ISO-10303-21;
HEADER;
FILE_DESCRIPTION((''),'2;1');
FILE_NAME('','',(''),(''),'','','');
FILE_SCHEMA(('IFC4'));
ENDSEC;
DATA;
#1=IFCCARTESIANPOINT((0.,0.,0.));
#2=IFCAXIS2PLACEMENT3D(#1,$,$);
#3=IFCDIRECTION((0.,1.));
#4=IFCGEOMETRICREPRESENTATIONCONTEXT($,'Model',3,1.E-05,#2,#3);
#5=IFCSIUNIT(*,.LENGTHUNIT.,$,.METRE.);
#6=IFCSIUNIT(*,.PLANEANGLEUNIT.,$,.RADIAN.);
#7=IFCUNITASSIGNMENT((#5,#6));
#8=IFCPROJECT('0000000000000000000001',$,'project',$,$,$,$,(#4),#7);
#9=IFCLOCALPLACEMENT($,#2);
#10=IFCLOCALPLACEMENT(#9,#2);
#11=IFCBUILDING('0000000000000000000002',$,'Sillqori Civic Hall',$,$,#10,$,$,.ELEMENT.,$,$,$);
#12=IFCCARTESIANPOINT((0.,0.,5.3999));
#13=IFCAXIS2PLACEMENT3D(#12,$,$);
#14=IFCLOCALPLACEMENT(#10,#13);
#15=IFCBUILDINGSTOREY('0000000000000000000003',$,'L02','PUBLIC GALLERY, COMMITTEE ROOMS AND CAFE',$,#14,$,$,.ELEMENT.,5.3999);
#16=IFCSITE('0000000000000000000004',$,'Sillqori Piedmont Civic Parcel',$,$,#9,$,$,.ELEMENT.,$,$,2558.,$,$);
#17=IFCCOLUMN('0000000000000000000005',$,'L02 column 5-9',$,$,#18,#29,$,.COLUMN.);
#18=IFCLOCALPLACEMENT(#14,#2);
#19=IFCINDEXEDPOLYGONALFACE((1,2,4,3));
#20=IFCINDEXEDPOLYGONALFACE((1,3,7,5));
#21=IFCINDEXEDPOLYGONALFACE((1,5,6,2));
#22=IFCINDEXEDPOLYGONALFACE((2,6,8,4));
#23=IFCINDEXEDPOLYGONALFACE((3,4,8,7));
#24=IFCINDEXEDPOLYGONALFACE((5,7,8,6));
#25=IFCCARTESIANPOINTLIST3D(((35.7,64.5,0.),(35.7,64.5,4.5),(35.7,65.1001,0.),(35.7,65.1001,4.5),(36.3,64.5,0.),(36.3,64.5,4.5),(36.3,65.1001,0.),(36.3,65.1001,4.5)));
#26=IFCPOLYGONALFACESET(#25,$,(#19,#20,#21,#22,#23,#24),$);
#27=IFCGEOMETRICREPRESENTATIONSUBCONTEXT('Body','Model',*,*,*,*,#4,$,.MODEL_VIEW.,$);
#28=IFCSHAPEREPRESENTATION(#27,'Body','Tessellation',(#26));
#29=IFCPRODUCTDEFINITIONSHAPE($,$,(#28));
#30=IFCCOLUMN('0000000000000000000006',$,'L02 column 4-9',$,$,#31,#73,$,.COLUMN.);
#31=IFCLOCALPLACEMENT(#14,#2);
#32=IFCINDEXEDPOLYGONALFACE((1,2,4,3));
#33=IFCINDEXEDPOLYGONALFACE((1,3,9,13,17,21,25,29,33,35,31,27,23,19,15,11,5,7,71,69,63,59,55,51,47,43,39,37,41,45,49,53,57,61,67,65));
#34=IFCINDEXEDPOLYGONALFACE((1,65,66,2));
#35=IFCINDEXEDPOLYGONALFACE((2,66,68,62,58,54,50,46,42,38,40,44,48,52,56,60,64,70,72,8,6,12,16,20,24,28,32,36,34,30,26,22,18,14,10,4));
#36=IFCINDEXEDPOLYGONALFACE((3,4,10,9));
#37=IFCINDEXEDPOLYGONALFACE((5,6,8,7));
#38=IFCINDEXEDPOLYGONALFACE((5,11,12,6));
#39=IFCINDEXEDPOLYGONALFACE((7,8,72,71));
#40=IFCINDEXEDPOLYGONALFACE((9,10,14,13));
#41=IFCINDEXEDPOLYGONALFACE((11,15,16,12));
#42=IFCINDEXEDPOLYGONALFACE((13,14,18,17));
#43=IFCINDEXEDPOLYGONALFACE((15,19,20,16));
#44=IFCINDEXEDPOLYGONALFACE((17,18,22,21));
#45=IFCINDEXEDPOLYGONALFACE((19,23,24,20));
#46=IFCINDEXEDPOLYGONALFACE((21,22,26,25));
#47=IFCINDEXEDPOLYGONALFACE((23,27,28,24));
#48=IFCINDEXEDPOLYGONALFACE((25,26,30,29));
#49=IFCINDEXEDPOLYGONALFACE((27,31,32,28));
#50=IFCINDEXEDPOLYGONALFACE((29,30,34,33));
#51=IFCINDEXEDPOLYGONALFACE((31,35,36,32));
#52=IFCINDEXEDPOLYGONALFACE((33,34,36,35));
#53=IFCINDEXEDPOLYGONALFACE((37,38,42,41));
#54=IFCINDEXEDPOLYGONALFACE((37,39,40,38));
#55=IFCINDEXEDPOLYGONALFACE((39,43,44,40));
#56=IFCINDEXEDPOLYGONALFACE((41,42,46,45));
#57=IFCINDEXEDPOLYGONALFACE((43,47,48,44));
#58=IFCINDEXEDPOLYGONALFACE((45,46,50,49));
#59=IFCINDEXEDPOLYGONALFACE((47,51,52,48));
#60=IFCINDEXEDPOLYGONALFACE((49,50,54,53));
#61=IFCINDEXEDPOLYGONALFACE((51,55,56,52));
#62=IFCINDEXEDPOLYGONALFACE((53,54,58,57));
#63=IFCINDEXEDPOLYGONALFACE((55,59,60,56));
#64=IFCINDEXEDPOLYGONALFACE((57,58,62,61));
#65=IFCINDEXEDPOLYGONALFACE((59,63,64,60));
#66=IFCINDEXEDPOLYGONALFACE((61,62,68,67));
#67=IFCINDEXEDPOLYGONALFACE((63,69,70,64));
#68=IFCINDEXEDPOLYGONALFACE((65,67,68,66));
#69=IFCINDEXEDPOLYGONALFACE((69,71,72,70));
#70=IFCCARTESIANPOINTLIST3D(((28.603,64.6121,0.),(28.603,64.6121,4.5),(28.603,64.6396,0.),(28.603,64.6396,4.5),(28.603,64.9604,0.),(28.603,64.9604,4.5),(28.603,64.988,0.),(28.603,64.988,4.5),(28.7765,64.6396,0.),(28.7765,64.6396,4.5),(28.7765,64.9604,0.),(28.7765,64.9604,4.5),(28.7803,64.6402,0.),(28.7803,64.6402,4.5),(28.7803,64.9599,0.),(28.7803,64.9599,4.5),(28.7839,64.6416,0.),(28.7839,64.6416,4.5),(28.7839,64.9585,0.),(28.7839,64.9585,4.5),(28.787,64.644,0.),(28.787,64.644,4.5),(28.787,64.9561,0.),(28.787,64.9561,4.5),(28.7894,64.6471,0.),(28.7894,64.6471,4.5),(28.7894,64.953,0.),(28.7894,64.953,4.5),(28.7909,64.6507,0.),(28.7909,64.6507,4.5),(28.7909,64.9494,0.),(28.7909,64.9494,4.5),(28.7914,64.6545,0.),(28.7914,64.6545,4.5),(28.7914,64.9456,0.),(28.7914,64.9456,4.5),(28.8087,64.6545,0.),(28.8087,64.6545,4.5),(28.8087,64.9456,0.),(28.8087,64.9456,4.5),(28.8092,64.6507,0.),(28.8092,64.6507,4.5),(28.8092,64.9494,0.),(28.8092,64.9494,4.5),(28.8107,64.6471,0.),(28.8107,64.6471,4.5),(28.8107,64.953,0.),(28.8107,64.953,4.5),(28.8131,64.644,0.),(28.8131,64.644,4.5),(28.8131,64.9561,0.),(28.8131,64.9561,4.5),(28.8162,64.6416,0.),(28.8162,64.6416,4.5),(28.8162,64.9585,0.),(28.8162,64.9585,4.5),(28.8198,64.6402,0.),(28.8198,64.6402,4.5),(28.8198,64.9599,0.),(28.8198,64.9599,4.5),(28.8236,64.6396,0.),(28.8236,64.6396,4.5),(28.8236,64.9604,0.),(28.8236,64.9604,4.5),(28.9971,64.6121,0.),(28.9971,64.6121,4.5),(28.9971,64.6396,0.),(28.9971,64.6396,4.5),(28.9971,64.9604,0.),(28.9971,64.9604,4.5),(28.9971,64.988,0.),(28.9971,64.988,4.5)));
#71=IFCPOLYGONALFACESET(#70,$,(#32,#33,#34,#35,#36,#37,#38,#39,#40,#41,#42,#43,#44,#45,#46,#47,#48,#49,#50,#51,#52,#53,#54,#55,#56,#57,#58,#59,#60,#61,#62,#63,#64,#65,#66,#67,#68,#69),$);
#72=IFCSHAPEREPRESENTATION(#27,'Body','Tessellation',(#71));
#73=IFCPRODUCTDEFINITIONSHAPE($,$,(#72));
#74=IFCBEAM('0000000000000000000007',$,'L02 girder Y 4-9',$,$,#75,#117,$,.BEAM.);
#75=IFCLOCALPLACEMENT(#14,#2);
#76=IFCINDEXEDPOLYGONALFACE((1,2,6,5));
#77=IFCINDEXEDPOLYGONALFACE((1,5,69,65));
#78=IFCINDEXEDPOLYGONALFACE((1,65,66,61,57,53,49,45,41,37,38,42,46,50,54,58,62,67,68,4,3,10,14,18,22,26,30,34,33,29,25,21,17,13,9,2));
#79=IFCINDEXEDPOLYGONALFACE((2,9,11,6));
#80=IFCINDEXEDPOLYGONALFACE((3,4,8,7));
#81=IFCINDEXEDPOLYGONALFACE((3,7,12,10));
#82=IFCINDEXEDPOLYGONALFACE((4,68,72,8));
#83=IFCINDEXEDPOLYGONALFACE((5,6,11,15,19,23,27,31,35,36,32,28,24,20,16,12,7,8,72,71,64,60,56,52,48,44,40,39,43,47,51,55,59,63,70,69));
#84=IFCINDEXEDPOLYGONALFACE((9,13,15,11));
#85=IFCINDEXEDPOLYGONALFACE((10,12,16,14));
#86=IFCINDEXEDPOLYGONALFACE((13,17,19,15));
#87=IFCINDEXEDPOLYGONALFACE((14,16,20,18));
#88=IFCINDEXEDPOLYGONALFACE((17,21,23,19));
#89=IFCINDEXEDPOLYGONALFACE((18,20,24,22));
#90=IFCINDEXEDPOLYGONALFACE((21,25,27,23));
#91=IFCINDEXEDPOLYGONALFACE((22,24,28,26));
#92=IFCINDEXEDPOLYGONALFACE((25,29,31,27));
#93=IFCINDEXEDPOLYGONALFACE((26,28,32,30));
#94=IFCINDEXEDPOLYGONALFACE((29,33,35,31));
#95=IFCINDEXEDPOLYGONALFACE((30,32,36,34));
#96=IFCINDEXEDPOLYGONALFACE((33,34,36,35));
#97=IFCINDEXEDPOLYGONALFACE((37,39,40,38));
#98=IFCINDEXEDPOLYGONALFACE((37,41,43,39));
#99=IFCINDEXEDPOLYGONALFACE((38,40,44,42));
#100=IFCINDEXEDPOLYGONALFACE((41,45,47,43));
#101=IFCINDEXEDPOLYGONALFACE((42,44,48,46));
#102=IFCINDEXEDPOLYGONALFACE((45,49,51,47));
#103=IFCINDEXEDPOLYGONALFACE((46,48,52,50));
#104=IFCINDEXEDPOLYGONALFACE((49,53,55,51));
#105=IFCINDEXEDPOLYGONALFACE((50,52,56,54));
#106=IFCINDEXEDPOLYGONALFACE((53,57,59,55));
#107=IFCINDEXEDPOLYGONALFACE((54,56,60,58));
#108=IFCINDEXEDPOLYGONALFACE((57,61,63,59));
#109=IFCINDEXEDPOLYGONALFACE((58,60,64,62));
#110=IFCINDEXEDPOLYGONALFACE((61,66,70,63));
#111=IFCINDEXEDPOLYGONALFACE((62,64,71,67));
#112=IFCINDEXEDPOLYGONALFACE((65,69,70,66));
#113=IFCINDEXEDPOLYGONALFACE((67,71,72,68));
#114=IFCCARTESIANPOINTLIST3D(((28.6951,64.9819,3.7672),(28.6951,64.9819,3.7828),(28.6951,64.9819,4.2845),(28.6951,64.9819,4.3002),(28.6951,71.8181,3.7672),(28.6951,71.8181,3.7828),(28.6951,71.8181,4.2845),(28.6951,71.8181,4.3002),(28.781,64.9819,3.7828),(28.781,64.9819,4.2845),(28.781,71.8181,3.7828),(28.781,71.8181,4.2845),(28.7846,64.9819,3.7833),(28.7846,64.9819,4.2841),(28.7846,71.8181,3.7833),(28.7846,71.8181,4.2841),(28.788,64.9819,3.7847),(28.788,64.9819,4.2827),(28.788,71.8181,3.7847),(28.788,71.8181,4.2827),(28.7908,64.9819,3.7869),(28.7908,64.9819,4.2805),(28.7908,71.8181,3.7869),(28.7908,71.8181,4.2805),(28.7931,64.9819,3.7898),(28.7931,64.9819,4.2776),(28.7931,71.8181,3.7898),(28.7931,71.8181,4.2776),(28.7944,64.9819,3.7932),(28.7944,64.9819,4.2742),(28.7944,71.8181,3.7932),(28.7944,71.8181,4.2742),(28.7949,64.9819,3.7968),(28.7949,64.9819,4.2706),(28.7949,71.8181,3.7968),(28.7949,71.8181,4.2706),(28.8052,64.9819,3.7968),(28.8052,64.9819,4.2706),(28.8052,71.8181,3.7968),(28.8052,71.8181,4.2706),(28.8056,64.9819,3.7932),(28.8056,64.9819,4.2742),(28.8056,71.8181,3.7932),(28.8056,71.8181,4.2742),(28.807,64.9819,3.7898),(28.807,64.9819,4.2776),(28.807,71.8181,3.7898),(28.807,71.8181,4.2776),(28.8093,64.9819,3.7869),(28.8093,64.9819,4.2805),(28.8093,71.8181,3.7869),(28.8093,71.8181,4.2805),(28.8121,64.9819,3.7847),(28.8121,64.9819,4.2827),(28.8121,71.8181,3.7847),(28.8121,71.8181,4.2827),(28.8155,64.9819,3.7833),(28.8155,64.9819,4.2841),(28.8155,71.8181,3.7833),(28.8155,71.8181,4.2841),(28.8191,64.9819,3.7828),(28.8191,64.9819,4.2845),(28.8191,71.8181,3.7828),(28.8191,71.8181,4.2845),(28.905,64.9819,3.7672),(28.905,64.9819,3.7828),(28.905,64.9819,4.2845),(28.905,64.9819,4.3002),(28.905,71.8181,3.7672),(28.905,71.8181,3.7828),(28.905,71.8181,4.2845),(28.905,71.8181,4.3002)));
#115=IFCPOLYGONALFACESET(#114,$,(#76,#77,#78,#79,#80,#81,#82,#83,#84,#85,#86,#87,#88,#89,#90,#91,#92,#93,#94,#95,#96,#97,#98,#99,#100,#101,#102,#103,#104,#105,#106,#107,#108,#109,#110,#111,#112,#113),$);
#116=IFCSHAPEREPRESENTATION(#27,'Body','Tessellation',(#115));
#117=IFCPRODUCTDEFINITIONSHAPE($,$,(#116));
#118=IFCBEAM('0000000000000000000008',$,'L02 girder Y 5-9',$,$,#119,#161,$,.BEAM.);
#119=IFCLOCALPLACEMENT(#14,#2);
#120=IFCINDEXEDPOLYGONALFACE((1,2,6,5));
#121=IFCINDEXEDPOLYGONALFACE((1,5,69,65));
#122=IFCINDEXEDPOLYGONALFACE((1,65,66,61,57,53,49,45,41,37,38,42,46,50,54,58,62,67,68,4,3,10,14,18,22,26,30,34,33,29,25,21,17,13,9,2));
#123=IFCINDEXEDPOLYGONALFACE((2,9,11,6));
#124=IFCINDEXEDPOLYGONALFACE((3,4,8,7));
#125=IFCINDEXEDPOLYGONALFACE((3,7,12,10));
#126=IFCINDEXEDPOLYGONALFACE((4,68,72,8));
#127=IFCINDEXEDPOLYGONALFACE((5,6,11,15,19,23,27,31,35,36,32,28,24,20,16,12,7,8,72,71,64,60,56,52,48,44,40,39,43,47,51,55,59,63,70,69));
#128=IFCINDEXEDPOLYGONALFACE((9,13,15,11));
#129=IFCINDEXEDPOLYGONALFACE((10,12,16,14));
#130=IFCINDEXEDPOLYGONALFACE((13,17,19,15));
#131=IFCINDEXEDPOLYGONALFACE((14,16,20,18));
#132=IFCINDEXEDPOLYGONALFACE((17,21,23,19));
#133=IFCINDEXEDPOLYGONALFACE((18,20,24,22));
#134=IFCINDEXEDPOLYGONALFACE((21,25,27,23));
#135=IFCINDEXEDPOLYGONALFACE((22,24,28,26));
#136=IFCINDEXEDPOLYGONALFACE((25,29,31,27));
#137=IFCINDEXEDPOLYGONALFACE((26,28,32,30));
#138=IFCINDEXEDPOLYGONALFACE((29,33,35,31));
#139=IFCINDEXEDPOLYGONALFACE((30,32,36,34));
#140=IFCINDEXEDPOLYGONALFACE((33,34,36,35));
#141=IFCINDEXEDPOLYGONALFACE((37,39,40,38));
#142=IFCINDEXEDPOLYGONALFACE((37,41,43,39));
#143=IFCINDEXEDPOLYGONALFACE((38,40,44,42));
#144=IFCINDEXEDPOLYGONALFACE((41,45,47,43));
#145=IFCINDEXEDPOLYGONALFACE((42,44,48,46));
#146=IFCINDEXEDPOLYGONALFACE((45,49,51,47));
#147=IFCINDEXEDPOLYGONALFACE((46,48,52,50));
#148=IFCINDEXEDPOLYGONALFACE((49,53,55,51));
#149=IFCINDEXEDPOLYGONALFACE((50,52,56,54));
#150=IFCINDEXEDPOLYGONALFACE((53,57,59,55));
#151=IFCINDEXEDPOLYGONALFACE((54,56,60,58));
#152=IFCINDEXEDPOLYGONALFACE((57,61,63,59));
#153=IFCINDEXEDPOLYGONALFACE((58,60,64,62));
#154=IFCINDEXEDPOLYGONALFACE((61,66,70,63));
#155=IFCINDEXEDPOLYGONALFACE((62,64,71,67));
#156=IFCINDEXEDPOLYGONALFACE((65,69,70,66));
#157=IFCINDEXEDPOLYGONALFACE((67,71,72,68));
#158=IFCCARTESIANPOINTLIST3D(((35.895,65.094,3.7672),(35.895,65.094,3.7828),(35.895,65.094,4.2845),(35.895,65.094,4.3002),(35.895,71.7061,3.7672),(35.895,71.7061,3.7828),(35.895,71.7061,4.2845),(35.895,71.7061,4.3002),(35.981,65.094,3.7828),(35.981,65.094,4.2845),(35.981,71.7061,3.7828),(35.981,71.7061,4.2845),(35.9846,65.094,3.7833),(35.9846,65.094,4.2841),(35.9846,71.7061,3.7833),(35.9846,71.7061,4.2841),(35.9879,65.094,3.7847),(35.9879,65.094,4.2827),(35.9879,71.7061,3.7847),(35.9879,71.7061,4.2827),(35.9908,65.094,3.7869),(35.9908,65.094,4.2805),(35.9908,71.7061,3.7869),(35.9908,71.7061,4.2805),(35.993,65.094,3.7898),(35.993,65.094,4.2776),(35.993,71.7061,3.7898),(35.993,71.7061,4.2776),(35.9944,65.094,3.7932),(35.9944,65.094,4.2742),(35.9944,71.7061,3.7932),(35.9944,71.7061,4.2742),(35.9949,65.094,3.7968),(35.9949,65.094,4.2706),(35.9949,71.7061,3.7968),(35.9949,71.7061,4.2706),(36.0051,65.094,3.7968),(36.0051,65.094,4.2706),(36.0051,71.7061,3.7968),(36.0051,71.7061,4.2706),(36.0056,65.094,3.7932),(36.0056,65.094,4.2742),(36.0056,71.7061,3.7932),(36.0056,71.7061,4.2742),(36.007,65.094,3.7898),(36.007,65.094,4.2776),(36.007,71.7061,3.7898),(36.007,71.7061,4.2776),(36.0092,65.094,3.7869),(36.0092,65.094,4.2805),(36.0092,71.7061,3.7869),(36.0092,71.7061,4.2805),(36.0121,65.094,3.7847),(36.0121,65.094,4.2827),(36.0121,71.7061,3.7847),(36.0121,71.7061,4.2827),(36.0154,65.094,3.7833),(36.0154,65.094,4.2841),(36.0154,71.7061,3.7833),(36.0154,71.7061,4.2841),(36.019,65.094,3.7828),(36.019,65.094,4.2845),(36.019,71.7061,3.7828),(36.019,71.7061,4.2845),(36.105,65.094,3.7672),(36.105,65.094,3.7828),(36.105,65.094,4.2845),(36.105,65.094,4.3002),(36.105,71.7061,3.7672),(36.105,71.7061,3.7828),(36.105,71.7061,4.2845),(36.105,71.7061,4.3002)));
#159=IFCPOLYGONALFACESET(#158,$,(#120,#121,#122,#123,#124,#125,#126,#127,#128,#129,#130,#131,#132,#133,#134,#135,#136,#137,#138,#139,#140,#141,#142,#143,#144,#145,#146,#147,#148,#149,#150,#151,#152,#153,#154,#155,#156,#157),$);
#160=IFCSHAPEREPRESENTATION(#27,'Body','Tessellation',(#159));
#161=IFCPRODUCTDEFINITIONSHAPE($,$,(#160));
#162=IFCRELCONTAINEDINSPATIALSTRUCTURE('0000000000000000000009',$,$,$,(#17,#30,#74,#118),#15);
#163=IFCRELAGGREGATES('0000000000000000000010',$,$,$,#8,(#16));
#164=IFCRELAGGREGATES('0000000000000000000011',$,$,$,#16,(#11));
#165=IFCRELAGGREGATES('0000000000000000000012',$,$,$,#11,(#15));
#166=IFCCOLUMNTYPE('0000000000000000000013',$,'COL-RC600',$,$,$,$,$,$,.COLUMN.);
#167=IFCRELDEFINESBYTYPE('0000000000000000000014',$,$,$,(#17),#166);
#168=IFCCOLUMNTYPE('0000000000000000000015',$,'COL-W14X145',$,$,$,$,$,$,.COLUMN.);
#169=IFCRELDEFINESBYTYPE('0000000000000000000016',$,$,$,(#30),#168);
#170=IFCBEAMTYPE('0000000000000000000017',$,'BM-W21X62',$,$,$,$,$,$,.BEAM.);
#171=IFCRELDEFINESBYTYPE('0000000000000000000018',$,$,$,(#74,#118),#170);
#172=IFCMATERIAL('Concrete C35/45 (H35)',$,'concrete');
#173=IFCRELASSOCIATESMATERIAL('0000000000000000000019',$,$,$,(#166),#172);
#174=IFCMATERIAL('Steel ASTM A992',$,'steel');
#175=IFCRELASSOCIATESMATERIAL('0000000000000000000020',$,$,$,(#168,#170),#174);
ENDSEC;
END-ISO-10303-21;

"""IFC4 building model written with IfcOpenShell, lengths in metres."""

from ifc_helpers import new_model, si_unit, direction, frame, origin, origin_2d, place, context, subcontext, project, spatial, rectangle, i_section, extrude, material, material_profile, profile_set, type_object, element, save


model = new_model("IFC4")

# Units and contexts
model_context = context("Model", 3, precision=1e-05, world=origin(), true_north=direction((0.0, 1.0)))
body_context = subcontext(model_context, "Body", "Model", "MODEL_VIEW")
ifc_project = project(units=[si_unit("LENGTHUNIT", "METRE"), si_unit("PLANEANGLEUNIT", "RADIAN")], contexts=[model_context])

# Site, building, storey
site_placement = place(None, origin())
site = spatial("IfcSite", under=ifc_project, at=site_placement, Name="Sillqori Piedmont Civic Parcel", CompositionType="ELEMENT", RefElevation=2558.0)
building_placement = place(site_placement, origin())
building = spatial("IfcBuilding", under=site, at=building_placement, Name="Sillqori Civic Hall", CompositionType="ELEMENT")
storey_placement = place(building_placement, frame((0.0, 0.0, 5.3999)))
storey = spatial("IfcBuildingStorey", under=building, at=storey_placement, Name="L02", Description="PUBLIC GALLERY, COMMITTEE ROOMS AND CAFE", CompositionType="ELEMENT", Elevation=5.3999)

# Columns
ifc_material_1 = material(Name="Concrete C35/45 (H35)", Category="concrete")
ifc_material_profile_1 = material_profile(ifc_material_1, rectangle(XDim=0.6001, YDim=0.6001, at=origin_2d()), Name="RC 600x600")
ifc_profile_set_1 = profile_set([ifc_material_profile_1], Name="Concrete C35/45 (H35)")
column_type_1 = type_object("IfcColumnType", Name="COL-RC600", PredefinedType="COLUMN", material=ifc_profile_set_1)
column_1_placement = place(storey_placement, frame((36.0, 64.8, 0.0), z_axis=(0.0, 0.0, 1.0), x_axis=(1.0, 0.0, 0.0)))
element("IfcColumn", 1, at=column_1_placement, inside=storey, type_object=column_type_1, Name="L02 column 5-9", PredefinedType="COLUMN", context=body_context, shape_type="SweptSolid", body=[
    extrude(rectangle(XDim=0.6001, YDim=0.6001, at=origin_2d()), origin(), (0.0, 0.0, 1.0), 4.5),
])
ifc_material_2 = material(Name="Steel ASTM A992", Category="steel")
ifc_material_profile_2 = material_profile(ifc_material_2, i_section(OverallWidth=0.394, OverallDepth=0.376, WebThickness=0.0173, FlangeThickness=0.0276, FilletRadius=0.0149, at=origin_2d()), Name="W14X145")
ifc_profile_set_2 = profile_set([ifc_material_profile_2], Name="Steel ASTM A992")
column_type_2 = type_object("IfcColumnType", Name="COL-W14X145", PredefinedType="COLUMN", material=ifc_profile_set_2)
column_2_placement = place(storey_placement, frame((28.8, 64.8, 0.0), z_axis=(0.0, 0.0, 1.0), x_axis=(1.0, 0.0, 0.0)))
element("IfcColumn", 2, at=column_2_placement, inside=storey, type_object=column_type_2, Name="L02 column 4-9", PredefinedType="COLUMN", context=body_context, shape_type="SweptSolid", body=[
    extrude(i_section(OverallWidth=0.394, OverallDepth=0.376, WebThickness=0.0173, FlangeThickness=0.0276, FilletRadius=0.0149, at=origin_2d()), origin(), (0.0, 0.0, 1.0), 4.5),
])

# Beams
ifc_material_profile_3 = material_profile(ifc_material_2, i_section(OverallWidth=0.21, OverallDepth=0.533, WebThickness=0.0103, FlangeThickness=0.0156, FilletRadius=0.0139, at=origin_2d()), Name="W21X62")
ifc_profile_set_3 = profile_set([ifc_material_profile_3], Name="Steel ASTM A992")
beam_type_1 = type_object("IfcBeamType", Name="BM-W21X62", PredefinedType="BEAM", material=ifc_profile_set_3)
beam_1_placement = place(storey_placement, frame((28.8, 64.9819, 4.0337), z_axis=(0.0, 1.0, 0.0), x_axis=(-1.0, 0.0, 0.0)))
element("IfcBeam", 3, at=beam_1_placement, inside=storey, type_object=beam_type_1, Name="L02 girder Y 4-9", PredefinedType="BEAM", context=body_context, shape_type="SweptSolid", body=[
    extrude(i_section(OverallWidth=0.21, OverallDepth=0.533, WebThickness=0.0103, FlangeThickness=0.0156, FilletRadius=0.0139, at=origin_2d()), origin(), (0.0, 0.0, 1.0), 6.8362),
])
beam_2_placement = place(storey_placement, frame((36.0, 65.094, 4.0337), z_axis=(0.0, 1.0, 0.0), x_axis=(-1.0, 0.0, 0.0)))
element("IfcBeam", 4, at=beam_2_placement, inside=storey, type_object=beam_type_1, Name="L02 girder Y 5-9", PredefinedType="BEAM", context=body_context, shape_type="SweptSolid", body=[
    extrude(i_section(OverallWidth=0.21, OverallDepth=0.533, WebThickness=0.0103, FlangeThickness=0.0156, FilletRadius=0.0139, at=origin_2d()), origin(), (0.0, 0.0, 1.0), 6.6121),
])

save(model, "model.ifc")
